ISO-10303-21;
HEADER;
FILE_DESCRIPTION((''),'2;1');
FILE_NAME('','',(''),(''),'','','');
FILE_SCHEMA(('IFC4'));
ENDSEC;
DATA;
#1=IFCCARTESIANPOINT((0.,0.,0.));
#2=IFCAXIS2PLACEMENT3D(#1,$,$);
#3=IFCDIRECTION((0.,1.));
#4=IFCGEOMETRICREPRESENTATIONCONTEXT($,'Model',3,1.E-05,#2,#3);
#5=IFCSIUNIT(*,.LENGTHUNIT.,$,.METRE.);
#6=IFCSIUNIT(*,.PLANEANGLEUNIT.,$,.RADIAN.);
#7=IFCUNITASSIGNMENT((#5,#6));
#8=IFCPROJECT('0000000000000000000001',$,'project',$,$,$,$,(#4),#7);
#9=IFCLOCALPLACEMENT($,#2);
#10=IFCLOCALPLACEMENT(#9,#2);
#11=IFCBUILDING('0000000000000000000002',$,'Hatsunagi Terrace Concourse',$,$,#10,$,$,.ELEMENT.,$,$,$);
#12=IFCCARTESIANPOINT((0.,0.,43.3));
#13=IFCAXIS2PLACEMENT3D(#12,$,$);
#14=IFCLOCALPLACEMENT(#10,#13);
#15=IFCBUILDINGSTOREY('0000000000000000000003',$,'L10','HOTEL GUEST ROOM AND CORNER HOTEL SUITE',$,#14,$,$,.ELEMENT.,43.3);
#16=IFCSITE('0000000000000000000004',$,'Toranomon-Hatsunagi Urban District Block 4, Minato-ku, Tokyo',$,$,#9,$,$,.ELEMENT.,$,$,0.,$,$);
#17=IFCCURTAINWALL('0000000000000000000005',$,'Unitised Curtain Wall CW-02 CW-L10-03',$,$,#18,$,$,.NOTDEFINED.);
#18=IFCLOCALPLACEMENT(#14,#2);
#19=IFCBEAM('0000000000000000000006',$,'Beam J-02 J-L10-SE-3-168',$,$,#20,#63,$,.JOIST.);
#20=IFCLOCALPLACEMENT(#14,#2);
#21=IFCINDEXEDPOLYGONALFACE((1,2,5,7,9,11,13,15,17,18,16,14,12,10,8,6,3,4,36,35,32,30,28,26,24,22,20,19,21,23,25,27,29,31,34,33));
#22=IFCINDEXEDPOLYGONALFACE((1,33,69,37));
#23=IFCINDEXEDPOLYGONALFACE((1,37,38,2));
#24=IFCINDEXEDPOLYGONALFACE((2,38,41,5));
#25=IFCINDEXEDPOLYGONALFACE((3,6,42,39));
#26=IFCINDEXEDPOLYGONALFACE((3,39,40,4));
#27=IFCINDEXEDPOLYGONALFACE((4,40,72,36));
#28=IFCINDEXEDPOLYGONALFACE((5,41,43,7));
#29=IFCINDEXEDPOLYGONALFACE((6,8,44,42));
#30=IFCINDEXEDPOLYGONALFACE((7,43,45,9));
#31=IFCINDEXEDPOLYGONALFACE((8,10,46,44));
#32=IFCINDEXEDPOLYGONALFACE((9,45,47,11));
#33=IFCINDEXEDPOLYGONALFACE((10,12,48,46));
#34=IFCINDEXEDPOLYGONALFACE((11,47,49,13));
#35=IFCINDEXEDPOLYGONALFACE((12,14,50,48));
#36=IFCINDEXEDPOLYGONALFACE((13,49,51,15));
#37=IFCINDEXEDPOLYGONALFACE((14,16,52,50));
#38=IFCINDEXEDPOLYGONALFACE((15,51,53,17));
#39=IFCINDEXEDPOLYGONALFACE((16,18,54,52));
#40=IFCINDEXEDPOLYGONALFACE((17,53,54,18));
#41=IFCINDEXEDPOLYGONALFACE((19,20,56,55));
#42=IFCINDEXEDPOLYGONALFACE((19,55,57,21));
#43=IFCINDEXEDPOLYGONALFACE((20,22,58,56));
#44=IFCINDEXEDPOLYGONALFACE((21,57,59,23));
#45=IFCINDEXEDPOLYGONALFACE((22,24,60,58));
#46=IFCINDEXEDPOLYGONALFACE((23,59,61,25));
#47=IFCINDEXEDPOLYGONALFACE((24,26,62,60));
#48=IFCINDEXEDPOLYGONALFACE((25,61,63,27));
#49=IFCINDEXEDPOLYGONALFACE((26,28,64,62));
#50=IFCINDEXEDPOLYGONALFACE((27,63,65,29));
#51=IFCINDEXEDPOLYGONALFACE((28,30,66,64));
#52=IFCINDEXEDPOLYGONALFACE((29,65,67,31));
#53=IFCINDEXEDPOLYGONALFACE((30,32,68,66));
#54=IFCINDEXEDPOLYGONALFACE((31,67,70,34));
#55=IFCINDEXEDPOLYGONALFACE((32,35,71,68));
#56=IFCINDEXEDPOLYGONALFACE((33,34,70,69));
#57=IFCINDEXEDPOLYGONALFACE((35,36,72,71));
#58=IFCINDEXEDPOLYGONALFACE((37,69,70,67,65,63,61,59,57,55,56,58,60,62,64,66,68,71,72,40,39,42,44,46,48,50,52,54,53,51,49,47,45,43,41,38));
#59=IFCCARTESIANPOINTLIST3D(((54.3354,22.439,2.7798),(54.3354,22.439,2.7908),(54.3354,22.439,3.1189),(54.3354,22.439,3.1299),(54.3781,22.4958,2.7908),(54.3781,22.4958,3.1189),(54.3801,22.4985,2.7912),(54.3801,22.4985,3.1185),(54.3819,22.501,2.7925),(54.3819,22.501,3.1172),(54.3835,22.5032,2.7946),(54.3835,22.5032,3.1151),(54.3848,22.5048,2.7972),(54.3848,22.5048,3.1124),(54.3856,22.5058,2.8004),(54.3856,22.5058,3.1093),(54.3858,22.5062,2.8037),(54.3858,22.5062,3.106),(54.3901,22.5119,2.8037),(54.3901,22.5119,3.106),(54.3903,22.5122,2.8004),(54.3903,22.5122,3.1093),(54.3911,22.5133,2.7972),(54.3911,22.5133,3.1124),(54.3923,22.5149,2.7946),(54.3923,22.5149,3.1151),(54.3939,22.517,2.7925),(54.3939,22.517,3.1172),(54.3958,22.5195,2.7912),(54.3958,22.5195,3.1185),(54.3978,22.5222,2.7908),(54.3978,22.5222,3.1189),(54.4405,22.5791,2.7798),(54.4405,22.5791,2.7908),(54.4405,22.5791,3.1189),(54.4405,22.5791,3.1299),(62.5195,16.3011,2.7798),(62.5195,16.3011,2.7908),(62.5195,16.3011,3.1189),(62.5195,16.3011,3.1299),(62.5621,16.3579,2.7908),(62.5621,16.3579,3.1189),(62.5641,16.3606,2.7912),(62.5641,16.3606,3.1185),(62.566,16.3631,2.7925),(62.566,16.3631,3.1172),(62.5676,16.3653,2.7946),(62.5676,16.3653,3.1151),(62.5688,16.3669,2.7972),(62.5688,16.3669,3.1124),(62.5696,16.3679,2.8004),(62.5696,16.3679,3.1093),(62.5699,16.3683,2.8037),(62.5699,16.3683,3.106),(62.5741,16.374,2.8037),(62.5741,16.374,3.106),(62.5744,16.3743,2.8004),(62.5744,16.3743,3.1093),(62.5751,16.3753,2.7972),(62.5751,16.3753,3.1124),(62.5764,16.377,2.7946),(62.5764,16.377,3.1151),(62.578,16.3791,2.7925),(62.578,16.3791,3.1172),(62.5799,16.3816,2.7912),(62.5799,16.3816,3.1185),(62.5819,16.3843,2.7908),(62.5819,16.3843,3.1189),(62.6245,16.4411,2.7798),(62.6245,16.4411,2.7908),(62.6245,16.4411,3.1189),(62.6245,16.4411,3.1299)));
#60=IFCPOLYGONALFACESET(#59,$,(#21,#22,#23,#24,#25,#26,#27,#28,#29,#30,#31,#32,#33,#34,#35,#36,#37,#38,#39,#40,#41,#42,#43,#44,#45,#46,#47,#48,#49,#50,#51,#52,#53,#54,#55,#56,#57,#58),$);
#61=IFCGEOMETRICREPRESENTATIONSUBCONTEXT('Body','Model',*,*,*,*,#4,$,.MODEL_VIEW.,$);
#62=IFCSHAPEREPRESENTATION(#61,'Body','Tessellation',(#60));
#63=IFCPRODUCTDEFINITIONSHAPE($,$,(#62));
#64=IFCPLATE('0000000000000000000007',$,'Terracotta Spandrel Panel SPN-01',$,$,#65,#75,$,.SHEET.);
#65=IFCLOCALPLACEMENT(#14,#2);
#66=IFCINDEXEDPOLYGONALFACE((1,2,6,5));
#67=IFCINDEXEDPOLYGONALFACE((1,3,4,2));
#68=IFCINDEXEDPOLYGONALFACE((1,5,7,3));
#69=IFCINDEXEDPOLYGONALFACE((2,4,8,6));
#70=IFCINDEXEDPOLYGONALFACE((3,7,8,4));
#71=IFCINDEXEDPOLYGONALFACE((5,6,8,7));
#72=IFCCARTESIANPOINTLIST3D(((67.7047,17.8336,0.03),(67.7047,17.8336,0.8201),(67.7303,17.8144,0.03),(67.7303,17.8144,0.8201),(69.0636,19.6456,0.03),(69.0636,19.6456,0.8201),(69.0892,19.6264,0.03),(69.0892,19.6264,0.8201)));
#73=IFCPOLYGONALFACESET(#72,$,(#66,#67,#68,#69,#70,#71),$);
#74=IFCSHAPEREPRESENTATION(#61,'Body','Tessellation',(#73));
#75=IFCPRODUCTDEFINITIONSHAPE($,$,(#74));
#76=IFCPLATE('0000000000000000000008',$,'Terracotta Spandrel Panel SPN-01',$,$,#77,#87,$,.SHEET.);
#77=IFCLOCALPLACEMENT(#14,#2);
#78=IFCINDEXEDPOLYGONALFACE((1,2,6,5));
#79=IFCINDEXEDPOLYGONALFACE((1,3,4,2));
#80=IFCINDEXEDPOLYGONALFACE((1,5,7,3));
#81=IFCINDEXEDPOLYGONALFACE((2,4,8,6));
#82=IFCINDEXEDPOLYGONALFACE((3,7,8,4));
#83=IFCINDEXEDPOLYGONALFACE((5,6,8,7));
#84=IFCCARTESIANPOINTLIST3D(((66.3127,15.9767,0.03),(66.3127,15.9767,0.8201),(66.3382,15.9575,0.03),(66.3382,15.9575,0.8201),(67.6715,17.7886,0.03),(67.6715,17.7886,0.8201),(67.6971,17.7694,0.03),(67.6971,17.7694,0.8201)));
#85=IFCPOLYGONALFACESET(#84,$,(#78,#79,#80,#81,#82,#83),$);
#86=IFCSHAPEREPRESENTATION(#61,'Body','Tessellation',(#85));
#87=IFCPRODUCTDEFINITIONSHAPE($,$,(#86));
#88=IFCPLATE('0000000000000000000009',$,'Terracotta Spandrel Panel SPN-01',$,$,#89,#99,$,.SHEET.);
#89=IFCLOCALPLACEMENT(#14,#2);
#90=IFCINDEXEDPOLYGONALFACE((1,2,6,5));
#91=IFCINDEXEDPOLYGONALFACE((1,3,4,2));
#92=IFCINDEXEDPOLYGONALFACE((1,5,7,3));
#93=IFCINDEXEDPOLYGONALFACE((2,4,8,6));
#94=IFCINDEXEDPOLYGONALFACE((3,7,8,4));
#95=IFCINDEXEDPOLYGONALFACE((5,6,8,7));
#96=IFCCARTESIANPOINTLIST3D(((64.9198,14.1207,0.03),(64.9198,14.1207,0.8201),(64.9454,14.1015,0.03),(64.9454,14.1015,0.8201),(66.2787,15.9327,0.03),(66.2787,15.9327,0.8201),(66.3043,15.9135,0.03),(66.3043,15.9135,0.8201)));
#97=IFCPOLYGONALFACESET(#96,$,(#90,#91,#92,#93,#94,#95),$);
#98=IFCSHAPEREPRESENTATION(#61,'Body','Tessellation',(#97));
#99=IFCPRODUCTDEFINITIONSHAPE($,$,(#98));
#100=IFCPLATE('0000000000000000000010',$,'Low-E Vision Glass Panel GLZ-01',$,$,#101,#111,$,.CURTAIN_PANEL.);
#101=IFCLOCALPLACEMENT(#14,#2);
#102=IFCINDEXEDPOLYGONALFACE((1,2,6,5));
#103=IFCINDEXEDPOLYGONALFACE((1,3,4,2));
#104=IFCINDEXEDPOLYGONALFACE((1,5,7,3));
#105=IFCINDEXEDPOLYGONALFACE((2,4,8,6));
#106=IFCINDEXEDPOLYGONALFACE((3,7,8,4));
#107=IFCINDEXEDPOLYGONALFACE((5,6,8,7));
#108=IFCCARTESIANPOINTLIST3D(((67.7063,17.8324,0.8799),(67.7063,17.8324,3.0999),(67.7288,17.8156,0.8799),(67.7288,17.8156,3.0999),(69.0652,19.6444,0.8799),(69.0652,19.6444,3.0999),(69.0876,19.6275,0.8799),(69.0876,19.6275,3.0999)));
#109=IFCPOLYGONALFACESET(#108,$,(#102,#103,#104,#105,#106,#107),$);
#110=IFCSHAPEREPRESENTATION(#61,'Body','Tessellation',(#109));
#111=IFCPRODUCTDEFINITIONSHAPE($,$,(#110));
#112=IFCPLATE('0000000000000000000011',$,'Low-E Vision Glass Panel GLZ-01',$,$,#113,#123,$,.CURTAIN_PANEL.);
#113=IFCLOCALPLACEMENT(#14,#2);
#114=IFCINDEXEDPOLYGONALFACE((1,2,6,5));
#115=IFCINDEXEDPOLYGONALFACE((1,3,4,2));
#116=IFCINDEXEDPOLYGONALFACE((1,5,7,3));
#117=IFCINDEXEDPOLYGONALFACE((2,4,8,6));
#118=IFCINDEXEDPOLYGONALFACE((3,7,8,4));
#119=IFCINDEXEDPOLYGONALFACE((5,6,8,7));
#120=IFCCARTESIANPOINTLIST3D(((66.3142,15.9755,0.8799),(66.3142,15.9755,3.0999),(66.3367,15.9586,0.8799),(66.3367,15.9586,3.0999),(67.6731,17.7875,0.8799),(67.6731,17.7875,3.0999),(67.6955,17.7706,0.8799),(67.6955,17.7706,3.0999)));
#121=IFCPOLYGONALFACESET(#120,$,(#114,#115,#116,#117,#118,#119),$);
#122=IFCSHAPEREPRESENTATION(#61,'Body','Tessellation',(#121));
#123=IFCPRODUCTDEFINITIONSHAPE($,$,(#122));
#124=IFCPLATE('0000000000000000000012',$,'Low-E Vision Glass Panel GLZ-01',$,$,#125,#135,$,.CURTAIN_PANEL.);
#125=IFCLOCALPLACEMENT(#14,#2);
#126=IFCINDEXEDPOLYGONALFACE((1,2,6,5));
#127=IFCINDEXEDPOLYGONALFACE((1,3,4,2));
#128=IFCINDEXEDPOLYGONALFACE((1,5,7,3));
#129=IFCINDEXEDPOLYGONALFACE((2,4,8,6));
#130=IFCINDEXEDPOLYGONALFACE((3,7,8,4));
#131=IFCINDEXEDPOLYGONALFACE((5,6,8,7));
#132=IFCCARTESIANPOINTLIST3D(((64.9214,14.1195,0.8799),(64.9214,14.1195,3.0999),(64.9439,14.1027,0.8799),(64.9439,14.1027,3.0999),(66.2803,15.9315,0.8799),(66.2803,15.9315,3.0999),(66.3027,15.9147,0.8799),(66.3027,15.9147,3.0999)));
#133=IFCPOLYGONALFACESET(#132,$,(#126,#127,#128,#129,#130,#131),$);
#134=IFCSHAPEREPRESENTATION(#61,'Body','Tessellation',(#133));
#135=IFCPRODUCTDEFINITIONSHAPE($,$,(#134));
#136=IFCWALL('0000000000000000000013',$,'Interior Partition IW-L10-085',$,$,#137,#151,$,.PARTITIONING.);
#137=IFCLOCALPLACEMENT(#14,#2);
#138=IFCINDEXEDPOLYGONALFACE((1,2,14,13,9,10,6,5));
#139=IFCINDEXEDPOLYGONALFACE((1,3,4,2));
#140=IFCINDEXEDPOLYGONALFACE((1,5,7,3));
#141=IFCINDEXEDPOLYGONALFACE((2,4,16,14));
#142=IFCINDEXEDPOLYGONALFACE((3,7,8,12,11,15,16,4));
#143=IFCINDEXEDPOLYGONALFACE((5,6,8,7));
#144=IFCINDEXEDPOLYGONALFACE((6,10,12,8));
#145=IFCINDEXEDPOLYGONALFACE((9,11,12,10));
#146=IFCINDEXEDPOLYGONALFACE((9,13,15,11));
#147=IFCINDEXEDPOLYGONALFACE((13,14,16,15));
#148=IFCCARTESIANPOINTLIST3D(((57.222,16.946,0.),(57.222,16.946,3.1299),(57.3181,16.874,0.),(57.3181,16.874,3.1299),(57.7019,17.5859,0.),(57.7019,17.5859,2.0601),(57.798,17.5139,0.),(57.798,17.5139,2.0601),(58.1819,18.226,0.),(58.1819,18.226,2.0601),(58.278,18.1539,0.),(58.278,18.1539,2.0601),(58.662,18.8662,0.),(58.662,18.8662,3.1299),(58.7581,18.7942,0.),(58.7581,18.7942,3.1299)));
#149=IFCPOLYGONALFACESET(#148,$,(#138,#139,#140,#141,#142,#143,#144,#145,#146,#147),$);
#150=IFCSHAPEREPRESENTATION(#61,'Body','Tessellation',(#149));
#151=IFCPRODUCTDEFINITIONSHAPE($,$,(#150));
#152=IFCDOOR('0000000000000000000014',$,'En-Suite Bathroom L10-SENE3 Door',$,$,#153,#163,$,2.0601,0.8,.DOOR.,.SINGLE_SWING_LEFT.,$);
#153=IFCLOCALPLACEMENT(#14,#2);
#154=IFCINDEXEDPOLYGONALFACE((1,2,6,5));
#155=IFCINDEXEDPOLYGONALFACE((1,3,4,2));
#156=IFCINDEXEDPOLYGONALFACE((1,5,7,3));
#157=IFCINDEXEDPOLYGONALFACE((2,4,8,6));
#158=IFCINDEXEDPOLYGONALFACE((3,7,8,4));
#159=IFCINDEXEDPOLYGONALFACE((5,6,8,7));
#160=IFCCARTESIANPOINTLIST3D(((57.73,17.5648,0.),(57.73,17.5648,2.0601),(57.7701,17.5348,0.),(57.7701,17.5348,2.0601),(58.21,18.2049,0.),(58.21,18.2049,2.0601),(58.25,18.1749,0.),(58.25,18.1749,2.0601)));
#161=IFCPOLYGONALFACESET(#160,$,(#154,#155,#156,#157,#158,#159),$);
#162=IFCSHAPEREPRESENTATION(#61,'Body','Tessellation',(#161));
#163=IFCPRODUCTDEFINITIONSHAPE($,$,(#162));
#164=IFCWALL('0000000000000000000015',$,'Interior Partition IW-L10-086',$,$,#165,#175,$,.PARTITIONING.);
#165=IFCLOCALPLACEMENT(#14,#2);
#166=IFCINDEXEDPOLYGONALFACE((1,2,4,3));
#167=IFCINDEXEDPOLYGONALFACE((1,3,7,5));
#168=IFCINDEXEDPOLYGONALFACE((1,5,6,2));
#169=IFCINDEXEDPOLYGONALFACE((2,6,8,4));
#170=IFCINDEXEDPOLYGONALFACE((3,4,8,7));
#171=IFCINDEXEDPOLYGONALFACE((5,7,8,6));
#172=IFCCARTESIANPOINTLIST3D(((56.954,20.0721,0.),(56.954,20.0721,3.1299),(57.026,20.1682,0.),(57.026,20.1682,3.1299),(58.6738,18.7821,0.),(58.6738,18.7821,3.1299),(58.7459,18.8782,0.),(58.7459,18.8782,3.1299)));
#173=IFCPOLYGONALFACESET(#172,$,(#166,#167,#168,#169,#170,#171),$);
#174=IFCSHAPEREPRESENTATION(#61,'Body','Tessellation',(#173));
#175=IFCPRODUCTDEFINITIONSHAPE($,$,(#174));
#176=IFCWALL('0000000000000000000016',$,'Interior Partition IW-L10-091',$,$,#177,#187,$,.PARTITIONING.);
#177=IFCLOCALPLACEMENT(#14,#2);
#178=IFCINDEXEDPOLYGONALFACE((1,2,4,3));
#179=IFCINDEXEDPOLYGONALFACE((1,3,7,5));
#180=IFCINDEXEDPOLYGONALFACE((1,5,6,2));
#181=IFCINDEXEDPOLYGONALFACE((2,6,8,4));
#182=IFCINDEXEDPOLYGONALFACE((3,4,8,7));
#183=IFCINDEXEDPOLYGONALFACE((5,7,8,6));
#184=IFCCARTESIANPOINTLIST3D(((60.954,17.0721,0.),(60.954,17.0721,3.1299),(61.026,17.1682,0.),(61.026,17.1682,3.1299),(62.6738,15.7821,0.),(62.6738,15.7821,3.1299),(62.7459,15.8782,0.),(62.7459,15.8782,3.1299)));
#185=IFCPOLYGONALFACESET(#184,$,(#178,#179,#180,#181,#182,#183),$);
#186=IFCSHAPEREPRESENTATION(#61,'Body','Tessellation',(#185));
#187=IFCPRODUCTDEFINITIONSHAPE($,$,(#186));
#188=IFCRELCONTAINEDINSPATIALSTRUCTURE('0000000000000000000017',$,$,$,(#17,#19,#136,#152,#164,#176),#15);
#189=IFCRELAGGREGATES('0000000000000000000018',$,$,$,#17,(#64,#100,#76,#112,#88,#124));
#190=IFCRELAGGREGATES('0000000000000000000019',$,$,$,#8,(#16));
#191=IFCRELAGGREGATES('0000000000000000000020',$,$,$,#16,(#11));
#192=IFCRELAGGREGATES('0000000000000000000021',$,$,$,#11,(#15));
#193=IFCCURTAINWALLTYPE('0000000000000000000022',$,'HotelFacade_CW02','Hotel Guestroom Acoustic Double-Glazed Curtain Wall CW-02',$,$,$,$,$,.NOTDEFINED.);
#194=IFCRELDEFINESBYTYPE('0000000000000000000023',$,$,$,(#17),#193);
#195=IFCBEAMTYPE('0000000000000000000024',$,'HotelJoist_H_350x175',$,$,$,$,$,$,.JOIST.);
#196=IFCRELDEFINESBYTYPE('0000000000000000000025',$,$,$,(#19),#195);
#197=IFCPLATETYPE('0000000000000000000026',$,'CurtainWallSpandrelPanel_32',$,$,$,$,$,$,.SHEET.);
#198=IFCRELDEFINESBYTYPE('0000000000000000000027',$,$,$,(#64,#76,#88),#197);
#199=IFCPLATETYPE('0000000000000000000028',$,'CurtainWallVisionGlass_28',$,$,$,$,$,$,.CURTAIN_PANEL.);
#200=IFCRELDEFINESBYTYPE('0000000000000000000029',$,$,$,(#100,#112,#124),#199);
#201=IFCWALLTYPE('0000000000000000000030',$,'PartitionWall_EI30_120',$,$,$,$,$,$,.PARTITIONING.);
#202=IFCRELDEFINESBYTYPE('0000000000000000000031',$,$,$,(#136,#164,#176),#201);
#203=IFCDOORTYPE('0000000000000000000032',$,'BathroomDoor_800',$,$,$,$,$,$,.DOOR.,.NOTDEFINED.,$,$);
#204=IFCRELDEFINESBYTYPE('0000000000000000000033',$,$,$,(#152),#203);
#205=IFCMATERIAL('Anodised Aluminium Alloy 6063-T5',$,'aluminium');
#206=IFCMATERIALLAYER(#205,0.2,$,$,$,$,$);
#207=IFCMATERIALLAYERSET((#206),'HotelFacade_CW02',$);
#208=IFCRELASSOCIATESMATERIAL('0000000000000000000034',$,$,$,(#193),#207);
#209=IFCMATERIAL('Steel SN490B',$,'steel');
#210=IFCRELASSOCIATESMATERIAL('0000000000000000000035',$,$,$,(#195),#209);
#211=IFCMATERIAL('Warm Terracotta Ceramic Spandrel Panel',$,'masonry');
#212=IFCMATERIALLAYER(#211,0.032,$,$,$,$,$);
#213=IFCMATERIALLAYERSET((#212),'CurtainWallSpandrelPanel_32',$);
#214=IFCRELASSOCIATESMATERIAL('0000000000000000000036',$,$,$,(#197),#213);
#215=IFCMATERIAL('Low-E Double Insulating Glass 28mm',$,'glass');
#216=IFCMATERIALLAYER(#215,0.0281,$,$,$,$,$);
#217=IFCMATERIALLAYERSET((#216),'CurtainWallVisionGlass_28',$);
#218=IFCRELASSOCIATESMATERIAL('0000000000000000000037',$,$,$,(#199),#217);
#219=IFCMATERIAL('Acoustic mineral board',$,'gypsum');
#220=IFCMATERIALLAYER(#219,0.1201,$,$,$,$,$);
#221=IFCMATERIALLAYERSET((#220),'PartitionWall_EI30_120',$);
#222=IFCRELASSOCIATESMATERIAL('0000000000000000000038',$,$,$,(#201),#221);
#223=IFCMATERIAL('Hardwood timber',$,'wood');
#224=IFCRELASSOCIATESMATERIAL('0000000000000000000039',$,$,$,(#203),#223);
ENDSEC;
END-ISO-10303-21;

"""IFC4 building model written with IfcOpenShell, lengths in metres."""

from ifc_helpers import new_model, si_unit, direction, frame, frame_2d, origin, origin_2d, place, context, subcontext, project, spatial, rectangle, i_section, extrude, material, layer, layer_set, material_profile, profile_set, type_object, element, fill, aggregate, save


model = new_model("IFC4")

# Units and contexts
model_context = context("Model", 3, precision=1e-05, world=origin(), true_north=direction((0.0, 1.0)))
body_context = subcontext(model_context, "Body", "Model", "MODEL_VIEW")
ifc_project = project(units=[si_unit("LENGTHUNIT", "METRE"), si_unit("PLANEANGLEUNIT", "RADIAN")], contexts=[model_context])

# Site, building, storey
site_placement = place(None, origin())
site = spatial("IfcSite", under=ifc_project, at=site_placement, Name="Toranomon-Hatsunagi Urban District Block 4, Minato-ku, Tokyo", CompositionType="ELEMENT", RefElevation=0.0)
building_placement = place(site_placement, origin())
building = spatial("IfcBuilding", under=site, at=building_placement, Name="Hatsunagi Terrace Concourse", CompositionType="ELEMENT")
storey_placement = place(building_placement, frame((0.0, 0.0, 43.3)))
storey = spatial("IfcBuildingStorey", under=building, at=storey_placement, Name="L10", Description="HOTEL GUEST ROOM AND CORNER HOTEL SUITE", CompositionType="ELEMENT", Elevation=43.3)

# Curtain wall
ifc_material_1 = material(Name="Anodised Aluminium Alloy 6063-T5", Category="aluminium")
ifc_layer_1 = layer(ifc_material_1, 0.2)
ifc_layer_set_1 = layer_set([ifc_layer_1], Name="HotelFacade_CW02")
curtain_wall_type = type_object("IfcCurtainWallType", Name="HotelFacade_CW02", Description="Hotel Guestroom Acoustic Double-Glazed Curtain Wall CW-02", PredefinedType="NOTDEFINED", material=ifc_layer_set_1)
curtain_wall_placement = place(storey_placement, origin())
curtain_wall = element("IfcCurtainWall", 1, at=curtain_wall_placement, inside=storey, type_object=curtain_wall_type, Name="Unitised Curtain Wall CW-02 CW-L10-03", PredefinedType="NOTDEFINED")

# Beam
ifc_material_2 = material(Name="Steel SN490B", Category="steel")
ifc_material_profile_1 = material_profile(ifc_material_2, i_section(OverallWidth=0.175, OverallDepth=0.3501, WebThickness=0.0071, FlangeThickness=0.011, FilletRadius=0.0129, at=origin_2d()), Name="H-350x175x7x11")
ifc_profile_set_1 = profile_set([ifc_material_profile_1], Name="Steel SN490B")
beam_type = type_object("IfcBeamType", Name="HotelJoist_H_350x175", PredefinedType="JOIST", material=ifc_profile_set_1)
beam_placement = place(storey_placement, frame((54.3879, 22.509, 2.9548), z_axis=(0.800006, -0.599992, 0.0), x_axis=(0.599992, 0.800006, 0.0)))
element("IfcBeam", 2, at=beam_placement, inside=storey, type_object=beam_type, Name="Beam J-02 J-L10-SE-3-168", PredefinedType="JOIST", context=body_context, shape_type="SweptSolid", body=[
    extrude(i_section(OverallWidth=0.175, OverallDepth=0.3501, WebThickness=0.0071, FlangeThickness=0.011, FilletRadius=0.0129, at=origin_2d()), origin(), (0.0, 0.0, 1.0), 10.23),
])

# Plates
ifc_material_3 = material(Name="Warm Terracotta Ceramic Spandrel Panel", Category="masonry")
ifc_layer_2 = layer(ifc_material_3, 0.032)
ifc_layer_set_2 = layer_set([ifc_layer_2], Name="CurtainWallSpandrelPanel_32")
plate_type_1 = type_object("IfcPlateType", Name="CurtainWallSpandrelPanel_32", PredefinedType="SHEET", material=ifc_layer_set_2)
plate_1_placement = place(storey_placement, frame((68.397, 18.73, 0.03), z_axis=(0.0, 0.0, 1.0), x_axis=(-0.599969, -0.800023, 0.0)))
plate_1 = element("IfcPlate", 3, at=plate_1_placement, type_object=plate_type_1, Name="Terracotta Spandrel Panel SPN-01", PredefinedType="SHEET", context=body_context, shape_type="SweptSolid", body=[
    extrude(rectangle(XDim=2.2649, YDim=0.032, at=origin_2d()), origin(), (0.0, 0.0, 1.0), 0.79),
])
plate_2_placement = place(storey_placement, frame((67.0049, 16.873, 0.03), z_axis=(0.0, 0.0, 1.0), x_axis=(-0.599969, -0.800023, 0.0)))
plate_2 = element("IfcPlate", 4, at=plate_2_placement, type_object=plate_type_1, Name="Terracotta Spandrel Panel SPN-01", PredefinedType="SHEET", context=body_context, shape_type="SweptSolid", body=[
    extrude(rectangle(XDim=2.2649, YDim=0.032, at=origin_2d()), origin(), (0.0, 0.0, 1.0), 0.79),
])
plate_3_placement = place(storey_placement, frame((65.6121, 15.0171, 0.03), z_axis=(0.0, 0.0, 1.0), x_axis=(-0.599969, -0.800023, 0.0)))
plate_3 = element("IfcPlate", 5, at=plate_3_placement, type_object=plate_type_1, Name="Terracotta Spandrel Panel SPN-01", PredefinedType="SHEET", context=body_context, shape_type="SweptSolid", body=[
    extrude(rectangle(XDim=2.2649, YDim=0.032, at=origin_2d()), origin(), (0.0, 0.0, 1.0), 0.79),
])
ifc_material_4 = material(Name="Low-E Double Insulating Glass 28mm", Category="glass")
ifc_layer_3 = layer(ifc_material_4, 0.0281)
ifc_layer_set_3 = layer_set([ifc_layer_3], Name="CurtainWallVisionGlass_28")
plate_type_2 = type_object("IfcPlateType", Name="CurtainWallVisionGlass_28", PredefinedType="CURTAIN_PANEL", material=ifc_layer_set_3)
plate_4_placement = place(storey_placement, frame((68.397, 18.73, 0.8799), z_axis=(0.0, 0.0, 1.0), x_axis=(-0.599969, -0.800023, 0.0)))
plate_4 = element("IfcPlate", 6, at=plate_4_placement, type_object=plate_type_2, Name="Low-E Vision Glass Panel GLZ-01", PredefinedType="CURTAIN_PANEL", context=body_context, shape_type="SweptSolid", body=[
    extrude(rectangle(XDim=2.2649, YDim=0.0281, at=origin_2d()), origin(), (0.0, 0.0, 1.0), 2.22),
])
plate_5_placement = place(storey_placement, frame((67.0049, 16.873, 0.8799), z_axis=(0.0, 0.0, 1.0), x_axis=(-0.599969, -0.800023, 0.0)))
plate_5 = element("IfcPlate", 7, at=plate_5_placement, type_object=plate_type_2, Name="Low-E Vision Glass Panel GLZ-01", PredefinedType="CURTAIN_PANEL", context=body_context, shape_type="SweptSolid", body=[
    extrude(rectangle(XDim=2.2649, YDim=0.0281, at=origin_2d()), origin(), (0.0, 0.0, 1.0), 2.22),
])
plate_6_placement = place(storey_placement, frame((65.6121, 15.0171, 0.8799), z_axis=(0.0, 0.0, 1.0), x_axis=(-0.599969, -0.800023, 0.0)))
plate_6 = element("IfcPlate", 8, at=plate_6_placement, type_object=plate_type_2, Name="Low-E Vision Glass Panel GLZ-01", PredefinedType="CURTAIN_PANEL", context=body_context, shape_type="SweptSolid", body=[
    extrude(rectangle(XDim=2.2649, YDim=0.0281, at=origin_2d()), origin(), (0.0, 0.0, 1.0), 2.22),
])
aggregate(curtain_wall, [plate_1, plate_4, plate_2, plate_5, plate_3, plate_6])

# Wall, opening, door
ifc_material_5 = material(Name="Acoustic mineral board", Category="gypsum")
ifc_layer_4 = layer(ifc_material_5, 0.1201)
ifc_layer_set_4 = layer_set([ifc_layer_4], Name="PartitionWall_EI30_120")
wall_type_1 = type_object("IfcWallType", Name="PartitionWall_EI30_120", PredefinedType="PARTITIONING", material=ifc_layer_set_4)
wall_1_placement = place(storey_placement, frame((57.27, 16.9099, 0.0), z_axis=(0.0, 0.0, 1.0), x_axis=(0.599951, 0.800037, 0.0)))
wall_1 = element("IfcWall", 9, at=wall_1_placement, inside=storey, type_object=wall_type_1, Name="Interior Partition IW-L10-085", PredefinedType="PARTITIONING", context=body_context, shape_type="SweptSolid", body=[
    extrude(rectangle(XDim=2.4001, YDim=0.1201, at=frame_2d((1.2002, 0.0))), origin(), (0.0, 0.0, 1.0), 3.1299),
])
opening_1_placement = place(wall_1_placement, frame((0.8, 0.0, 0.0)))
opening_1 = element("IfcOpeningElement", 10, at=opening_1_placement, cuts=wall_1, PredefinedType="OPENING", context=body_context, shape_type="SweptSolid", body=[
    extrude(rectangle(XDim=0.8, YDim=2.0601, at=frame_2d((0.3999, 1.03))), frame((0.0, 0.0701, 0.0), z_axis=(0.0, -1.0, 0.0), x_axis=(1.0, 0.0, 0.0)), (0.0, 0.0, 1.0), 0.1401),
])
ifc_material_6 = material(Name="Hardwood timber", Category="wood")
door_type_1 = type_object("IfcDoorType", Name="BathroomDoor_800", OperationType="NOTDEFINED", PredefinedType="DOOR", material=ifc_material_6)
door_1_placement = place(opening_1_placement, origin())
door_1 = element("IfcDoor", 11, at=door_1_placement, inside=storey, type_object=door_type_1, Name="En-Suite Bathroom L10-SENE3 Door", OperationType="SINGLE_SWING_LEFT", OverallHeight=2.0601, OverallWidth=0.8, PredefinedType="DOOR", context=body_context, shape_type="SweptSolid", body=[
    extrude(rectangle(XDim=0.8, YDim=2.0601, at=frame_2d((0.3999, 1.03))), frame((0.0, 0.0249, 0.0), z_axis=(0.0, -1.0, 0.0), x_axis=(1.0, 0.0, 0.0)), (0.0, 0.0, 1.0), 0.05),
])
fill(opening_1, door_1)

# Walls
for number, where, z_axis, x_axis, name in (
    (12, (56.99, 20.1201, 0.0), (0.0, 0.0, 1.0), (0.799986, -0.600018, 0.0), "Interior Partition IW-L10-086"),
    (13, (60.99, 17.1201, 0.0), (0.0, 0.0, 1.0), (0.799986, -0.600018, 0.0), "Interior Partition IW-L10-091"),
):
    element("IfcWall", number, at=place(storey_placement, frame(where, z_axis=z_axis, x_axis=x_axis)), inside=storey, type_object=wall_type_1, Name=name, PredefinedType="PARTITIONING", context=body_context, shape_type="SweptSolid", body=[
        extrude(rectangle(XDim=2.1499, YDim=0.1201, at=frame_2d((1.075, 0.0))), origin(), (0.0, 0.0, 1.0), 3.1299),
    ])

save(model, "model.ifc")
